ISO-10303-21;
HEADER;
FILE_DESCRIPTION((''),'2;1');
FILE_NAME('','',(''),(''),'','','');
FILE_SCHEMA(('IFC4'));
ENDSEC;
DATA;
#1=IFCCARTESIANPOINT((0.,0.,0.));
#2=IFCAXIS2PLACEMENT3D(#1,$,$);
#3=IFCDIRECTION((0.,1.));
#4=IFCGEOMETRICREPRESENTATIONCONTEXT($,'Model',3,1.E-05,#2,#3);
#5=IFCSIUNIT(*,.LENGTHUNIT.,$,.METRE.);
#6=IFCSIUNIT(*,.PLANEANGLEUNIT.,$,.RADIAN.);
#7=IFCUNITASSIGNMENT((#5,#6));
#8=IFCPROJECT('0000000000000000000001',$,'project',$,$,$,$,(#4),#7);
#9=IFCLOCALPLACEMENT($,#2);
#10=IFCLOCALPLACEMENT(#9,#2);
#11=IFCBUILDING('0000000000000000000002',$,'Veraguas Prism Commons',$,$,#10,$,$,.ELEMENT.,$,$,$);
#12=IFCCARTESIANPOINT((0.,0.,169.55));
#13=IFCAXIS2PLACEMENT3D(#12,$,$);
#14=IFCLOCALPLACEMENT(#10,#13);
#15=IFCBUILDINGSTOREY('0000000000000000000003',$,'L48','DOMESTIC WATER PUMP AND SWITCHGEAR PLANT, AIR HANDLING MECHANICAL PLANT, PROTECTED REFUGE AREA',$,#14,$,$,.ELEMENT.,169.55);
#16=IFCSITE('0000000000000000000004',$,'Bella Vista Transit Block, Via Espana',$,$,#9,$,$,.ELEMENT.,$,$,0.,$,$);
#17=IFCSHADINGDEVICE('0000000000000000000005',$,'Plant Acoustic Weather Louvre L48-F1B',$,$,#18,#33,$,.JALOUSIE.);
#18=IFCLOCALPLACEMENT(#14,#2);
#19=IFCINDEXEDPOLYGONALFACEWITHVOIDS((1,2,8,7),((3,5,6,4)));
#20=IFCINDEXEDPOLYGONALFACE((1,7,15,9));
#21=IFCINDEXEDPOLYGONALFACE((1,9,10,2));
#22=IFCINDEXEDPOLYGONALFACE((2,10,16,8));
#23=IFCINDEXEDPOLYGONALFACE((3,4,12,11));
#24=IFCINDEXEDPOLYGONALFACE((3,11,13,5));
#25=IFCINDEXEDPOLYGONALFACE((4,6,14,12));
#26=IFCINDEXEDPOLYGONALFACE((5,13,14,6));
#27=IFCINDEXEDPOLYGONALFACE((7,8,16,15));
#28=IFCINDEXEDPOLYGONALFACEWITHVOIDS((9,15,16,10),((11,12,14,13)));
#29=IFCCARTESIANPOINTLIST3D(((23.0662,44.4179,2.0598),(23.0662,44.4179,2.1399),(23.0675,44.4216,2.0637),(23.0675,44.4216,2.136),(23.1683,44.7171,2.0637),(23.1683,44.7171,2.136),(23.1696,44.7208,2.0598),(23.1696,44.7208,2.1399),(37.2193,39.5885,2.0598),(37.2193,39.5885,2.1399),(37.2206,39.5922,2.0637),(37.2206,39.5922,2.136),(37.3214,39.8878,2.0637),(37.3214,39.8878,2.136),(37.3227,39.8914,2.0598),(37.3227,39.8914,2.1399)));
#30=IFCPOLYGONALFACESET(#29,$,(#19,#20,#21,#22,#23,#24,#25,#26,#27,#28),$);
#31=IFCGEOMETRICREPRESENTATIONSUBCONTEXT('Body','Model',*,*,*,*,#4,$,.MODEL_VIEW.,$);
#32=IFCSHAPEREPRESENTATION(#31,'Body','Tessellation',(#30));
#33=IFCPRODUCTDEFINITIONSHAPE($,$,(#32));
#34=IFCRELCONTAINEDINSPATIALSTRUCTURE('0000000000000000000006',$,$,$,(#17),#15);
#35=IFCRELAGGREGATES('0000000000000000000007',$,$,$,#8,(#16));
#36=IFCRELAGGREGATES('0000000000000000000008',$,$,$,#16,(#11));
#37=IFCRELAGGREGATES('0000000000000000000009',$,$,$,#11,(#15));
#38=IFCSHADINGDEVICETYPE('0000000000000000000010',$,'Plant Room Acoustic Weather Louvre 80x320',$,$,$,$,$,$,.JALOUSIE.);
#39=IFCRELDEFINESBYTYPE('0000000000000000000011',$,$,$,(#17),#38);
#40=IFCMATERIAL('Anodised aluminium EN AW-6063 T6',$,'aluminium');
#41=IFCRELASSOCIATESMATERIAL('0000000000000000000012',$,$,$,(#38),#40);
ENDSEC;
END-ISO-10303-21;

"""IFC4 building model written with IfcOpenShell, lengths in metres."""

from ifc_helpers import new_model, si_unit, direction, frame, origin, origin_2d, place, context, subcontext, project, spatial, hollow_rectangle, extrude, material, material_profile, profile_set, type_object, element, save


model = new_model("IFC4")

# Units and contexts
model_context = context("Model", 3, precision=1e-05, world=origin(), true_north=direction((0.0, 1.0)))
body_context = subcontext(model_context, "Body", "Model", "MODEL_VIEW")
ifc_project = project(units=[si_unit("LENGTHUNIT", "METRE"), si_unit("PLANEANGLEUNIT", "RADIAN")], contexts=[model_context])

# Site, building, storey
site_placement = place(None, origin())
site = spatial("IfcSite", under=ifc_project, at=site_placement, Name="Bella Vista Transit Block, Via Espana", CompositionType="ELEMENT", RefElevation=0.0)
building_placement = place(site_placement, origin())
building = spatial("IfcBuilding", under=site, at=building_placement, Name="Veraguas Prism Commons", CompositionType="ELEMENT")
storey_placement = place(building_placement, frame((0.0, 0.0, 169.55)))
storey = spatial("IfcBuildingStorey", under=building, at=storey_placement, Name="L48", Description="DOMESTIC WATER PUMP AND SWITCHGEAR PLANT, AIR HANDLING MECHANICAL PLANT, PROTECTED REFUGE AREA", CompositionType="ELEMENT", Elevation=169.55)

# Shared definitions
ifc_material_1 = material(Name="Anodised aluminium EN AW-6063 T6", Category="aluminium")

# Shading device
ifc_material_profile_1 = material_profile(ifc_material_1, hollow_rectangle(XDim=0.0801, YDim=0.3201, WallThickness=0.0039, at=origin_2d()), Name="LVR80X320X4")
ifc_profile_set_1 = profile_set([ifc_material_profile_1], Name="Anodised aluminium EN AW-6063 T6")
shading_device_type_1 = type_object("IfcShadingDeviceType", Name="Plant Room Acoustic Weather Louvre 80x320", PredefinedType="JALOUSIE", material=ifc_profile_set_1)
for number, where, z_axis, x_axis, name in (
    (1, (37.271, 39.74, 2.0999), (-0.94642, 0.32294, 0.0), (0.0, 0.0, 1.0), "Plant Acoustic Weather Louvre L48-F1B"),
):
    element("IfcShadingDevice", number, at=place(storey_placement, frame(where, z_axis=z_axis, x_axis=x_axis)), inside=storey, type_object=shading_device_type_1, Name=name, PredefinedType="JALOUSIE", context=body_context, shape_type="SweptSolid", body=[
        extrude(hollow_rectangle(XDim=0.0801, YDim=0.3201, WallThickness=0.0039, at=origin_2d()), origin(), (0.0, 0.0, 1.0), 14.9543),
    ])

save(model, "model.ifc")
